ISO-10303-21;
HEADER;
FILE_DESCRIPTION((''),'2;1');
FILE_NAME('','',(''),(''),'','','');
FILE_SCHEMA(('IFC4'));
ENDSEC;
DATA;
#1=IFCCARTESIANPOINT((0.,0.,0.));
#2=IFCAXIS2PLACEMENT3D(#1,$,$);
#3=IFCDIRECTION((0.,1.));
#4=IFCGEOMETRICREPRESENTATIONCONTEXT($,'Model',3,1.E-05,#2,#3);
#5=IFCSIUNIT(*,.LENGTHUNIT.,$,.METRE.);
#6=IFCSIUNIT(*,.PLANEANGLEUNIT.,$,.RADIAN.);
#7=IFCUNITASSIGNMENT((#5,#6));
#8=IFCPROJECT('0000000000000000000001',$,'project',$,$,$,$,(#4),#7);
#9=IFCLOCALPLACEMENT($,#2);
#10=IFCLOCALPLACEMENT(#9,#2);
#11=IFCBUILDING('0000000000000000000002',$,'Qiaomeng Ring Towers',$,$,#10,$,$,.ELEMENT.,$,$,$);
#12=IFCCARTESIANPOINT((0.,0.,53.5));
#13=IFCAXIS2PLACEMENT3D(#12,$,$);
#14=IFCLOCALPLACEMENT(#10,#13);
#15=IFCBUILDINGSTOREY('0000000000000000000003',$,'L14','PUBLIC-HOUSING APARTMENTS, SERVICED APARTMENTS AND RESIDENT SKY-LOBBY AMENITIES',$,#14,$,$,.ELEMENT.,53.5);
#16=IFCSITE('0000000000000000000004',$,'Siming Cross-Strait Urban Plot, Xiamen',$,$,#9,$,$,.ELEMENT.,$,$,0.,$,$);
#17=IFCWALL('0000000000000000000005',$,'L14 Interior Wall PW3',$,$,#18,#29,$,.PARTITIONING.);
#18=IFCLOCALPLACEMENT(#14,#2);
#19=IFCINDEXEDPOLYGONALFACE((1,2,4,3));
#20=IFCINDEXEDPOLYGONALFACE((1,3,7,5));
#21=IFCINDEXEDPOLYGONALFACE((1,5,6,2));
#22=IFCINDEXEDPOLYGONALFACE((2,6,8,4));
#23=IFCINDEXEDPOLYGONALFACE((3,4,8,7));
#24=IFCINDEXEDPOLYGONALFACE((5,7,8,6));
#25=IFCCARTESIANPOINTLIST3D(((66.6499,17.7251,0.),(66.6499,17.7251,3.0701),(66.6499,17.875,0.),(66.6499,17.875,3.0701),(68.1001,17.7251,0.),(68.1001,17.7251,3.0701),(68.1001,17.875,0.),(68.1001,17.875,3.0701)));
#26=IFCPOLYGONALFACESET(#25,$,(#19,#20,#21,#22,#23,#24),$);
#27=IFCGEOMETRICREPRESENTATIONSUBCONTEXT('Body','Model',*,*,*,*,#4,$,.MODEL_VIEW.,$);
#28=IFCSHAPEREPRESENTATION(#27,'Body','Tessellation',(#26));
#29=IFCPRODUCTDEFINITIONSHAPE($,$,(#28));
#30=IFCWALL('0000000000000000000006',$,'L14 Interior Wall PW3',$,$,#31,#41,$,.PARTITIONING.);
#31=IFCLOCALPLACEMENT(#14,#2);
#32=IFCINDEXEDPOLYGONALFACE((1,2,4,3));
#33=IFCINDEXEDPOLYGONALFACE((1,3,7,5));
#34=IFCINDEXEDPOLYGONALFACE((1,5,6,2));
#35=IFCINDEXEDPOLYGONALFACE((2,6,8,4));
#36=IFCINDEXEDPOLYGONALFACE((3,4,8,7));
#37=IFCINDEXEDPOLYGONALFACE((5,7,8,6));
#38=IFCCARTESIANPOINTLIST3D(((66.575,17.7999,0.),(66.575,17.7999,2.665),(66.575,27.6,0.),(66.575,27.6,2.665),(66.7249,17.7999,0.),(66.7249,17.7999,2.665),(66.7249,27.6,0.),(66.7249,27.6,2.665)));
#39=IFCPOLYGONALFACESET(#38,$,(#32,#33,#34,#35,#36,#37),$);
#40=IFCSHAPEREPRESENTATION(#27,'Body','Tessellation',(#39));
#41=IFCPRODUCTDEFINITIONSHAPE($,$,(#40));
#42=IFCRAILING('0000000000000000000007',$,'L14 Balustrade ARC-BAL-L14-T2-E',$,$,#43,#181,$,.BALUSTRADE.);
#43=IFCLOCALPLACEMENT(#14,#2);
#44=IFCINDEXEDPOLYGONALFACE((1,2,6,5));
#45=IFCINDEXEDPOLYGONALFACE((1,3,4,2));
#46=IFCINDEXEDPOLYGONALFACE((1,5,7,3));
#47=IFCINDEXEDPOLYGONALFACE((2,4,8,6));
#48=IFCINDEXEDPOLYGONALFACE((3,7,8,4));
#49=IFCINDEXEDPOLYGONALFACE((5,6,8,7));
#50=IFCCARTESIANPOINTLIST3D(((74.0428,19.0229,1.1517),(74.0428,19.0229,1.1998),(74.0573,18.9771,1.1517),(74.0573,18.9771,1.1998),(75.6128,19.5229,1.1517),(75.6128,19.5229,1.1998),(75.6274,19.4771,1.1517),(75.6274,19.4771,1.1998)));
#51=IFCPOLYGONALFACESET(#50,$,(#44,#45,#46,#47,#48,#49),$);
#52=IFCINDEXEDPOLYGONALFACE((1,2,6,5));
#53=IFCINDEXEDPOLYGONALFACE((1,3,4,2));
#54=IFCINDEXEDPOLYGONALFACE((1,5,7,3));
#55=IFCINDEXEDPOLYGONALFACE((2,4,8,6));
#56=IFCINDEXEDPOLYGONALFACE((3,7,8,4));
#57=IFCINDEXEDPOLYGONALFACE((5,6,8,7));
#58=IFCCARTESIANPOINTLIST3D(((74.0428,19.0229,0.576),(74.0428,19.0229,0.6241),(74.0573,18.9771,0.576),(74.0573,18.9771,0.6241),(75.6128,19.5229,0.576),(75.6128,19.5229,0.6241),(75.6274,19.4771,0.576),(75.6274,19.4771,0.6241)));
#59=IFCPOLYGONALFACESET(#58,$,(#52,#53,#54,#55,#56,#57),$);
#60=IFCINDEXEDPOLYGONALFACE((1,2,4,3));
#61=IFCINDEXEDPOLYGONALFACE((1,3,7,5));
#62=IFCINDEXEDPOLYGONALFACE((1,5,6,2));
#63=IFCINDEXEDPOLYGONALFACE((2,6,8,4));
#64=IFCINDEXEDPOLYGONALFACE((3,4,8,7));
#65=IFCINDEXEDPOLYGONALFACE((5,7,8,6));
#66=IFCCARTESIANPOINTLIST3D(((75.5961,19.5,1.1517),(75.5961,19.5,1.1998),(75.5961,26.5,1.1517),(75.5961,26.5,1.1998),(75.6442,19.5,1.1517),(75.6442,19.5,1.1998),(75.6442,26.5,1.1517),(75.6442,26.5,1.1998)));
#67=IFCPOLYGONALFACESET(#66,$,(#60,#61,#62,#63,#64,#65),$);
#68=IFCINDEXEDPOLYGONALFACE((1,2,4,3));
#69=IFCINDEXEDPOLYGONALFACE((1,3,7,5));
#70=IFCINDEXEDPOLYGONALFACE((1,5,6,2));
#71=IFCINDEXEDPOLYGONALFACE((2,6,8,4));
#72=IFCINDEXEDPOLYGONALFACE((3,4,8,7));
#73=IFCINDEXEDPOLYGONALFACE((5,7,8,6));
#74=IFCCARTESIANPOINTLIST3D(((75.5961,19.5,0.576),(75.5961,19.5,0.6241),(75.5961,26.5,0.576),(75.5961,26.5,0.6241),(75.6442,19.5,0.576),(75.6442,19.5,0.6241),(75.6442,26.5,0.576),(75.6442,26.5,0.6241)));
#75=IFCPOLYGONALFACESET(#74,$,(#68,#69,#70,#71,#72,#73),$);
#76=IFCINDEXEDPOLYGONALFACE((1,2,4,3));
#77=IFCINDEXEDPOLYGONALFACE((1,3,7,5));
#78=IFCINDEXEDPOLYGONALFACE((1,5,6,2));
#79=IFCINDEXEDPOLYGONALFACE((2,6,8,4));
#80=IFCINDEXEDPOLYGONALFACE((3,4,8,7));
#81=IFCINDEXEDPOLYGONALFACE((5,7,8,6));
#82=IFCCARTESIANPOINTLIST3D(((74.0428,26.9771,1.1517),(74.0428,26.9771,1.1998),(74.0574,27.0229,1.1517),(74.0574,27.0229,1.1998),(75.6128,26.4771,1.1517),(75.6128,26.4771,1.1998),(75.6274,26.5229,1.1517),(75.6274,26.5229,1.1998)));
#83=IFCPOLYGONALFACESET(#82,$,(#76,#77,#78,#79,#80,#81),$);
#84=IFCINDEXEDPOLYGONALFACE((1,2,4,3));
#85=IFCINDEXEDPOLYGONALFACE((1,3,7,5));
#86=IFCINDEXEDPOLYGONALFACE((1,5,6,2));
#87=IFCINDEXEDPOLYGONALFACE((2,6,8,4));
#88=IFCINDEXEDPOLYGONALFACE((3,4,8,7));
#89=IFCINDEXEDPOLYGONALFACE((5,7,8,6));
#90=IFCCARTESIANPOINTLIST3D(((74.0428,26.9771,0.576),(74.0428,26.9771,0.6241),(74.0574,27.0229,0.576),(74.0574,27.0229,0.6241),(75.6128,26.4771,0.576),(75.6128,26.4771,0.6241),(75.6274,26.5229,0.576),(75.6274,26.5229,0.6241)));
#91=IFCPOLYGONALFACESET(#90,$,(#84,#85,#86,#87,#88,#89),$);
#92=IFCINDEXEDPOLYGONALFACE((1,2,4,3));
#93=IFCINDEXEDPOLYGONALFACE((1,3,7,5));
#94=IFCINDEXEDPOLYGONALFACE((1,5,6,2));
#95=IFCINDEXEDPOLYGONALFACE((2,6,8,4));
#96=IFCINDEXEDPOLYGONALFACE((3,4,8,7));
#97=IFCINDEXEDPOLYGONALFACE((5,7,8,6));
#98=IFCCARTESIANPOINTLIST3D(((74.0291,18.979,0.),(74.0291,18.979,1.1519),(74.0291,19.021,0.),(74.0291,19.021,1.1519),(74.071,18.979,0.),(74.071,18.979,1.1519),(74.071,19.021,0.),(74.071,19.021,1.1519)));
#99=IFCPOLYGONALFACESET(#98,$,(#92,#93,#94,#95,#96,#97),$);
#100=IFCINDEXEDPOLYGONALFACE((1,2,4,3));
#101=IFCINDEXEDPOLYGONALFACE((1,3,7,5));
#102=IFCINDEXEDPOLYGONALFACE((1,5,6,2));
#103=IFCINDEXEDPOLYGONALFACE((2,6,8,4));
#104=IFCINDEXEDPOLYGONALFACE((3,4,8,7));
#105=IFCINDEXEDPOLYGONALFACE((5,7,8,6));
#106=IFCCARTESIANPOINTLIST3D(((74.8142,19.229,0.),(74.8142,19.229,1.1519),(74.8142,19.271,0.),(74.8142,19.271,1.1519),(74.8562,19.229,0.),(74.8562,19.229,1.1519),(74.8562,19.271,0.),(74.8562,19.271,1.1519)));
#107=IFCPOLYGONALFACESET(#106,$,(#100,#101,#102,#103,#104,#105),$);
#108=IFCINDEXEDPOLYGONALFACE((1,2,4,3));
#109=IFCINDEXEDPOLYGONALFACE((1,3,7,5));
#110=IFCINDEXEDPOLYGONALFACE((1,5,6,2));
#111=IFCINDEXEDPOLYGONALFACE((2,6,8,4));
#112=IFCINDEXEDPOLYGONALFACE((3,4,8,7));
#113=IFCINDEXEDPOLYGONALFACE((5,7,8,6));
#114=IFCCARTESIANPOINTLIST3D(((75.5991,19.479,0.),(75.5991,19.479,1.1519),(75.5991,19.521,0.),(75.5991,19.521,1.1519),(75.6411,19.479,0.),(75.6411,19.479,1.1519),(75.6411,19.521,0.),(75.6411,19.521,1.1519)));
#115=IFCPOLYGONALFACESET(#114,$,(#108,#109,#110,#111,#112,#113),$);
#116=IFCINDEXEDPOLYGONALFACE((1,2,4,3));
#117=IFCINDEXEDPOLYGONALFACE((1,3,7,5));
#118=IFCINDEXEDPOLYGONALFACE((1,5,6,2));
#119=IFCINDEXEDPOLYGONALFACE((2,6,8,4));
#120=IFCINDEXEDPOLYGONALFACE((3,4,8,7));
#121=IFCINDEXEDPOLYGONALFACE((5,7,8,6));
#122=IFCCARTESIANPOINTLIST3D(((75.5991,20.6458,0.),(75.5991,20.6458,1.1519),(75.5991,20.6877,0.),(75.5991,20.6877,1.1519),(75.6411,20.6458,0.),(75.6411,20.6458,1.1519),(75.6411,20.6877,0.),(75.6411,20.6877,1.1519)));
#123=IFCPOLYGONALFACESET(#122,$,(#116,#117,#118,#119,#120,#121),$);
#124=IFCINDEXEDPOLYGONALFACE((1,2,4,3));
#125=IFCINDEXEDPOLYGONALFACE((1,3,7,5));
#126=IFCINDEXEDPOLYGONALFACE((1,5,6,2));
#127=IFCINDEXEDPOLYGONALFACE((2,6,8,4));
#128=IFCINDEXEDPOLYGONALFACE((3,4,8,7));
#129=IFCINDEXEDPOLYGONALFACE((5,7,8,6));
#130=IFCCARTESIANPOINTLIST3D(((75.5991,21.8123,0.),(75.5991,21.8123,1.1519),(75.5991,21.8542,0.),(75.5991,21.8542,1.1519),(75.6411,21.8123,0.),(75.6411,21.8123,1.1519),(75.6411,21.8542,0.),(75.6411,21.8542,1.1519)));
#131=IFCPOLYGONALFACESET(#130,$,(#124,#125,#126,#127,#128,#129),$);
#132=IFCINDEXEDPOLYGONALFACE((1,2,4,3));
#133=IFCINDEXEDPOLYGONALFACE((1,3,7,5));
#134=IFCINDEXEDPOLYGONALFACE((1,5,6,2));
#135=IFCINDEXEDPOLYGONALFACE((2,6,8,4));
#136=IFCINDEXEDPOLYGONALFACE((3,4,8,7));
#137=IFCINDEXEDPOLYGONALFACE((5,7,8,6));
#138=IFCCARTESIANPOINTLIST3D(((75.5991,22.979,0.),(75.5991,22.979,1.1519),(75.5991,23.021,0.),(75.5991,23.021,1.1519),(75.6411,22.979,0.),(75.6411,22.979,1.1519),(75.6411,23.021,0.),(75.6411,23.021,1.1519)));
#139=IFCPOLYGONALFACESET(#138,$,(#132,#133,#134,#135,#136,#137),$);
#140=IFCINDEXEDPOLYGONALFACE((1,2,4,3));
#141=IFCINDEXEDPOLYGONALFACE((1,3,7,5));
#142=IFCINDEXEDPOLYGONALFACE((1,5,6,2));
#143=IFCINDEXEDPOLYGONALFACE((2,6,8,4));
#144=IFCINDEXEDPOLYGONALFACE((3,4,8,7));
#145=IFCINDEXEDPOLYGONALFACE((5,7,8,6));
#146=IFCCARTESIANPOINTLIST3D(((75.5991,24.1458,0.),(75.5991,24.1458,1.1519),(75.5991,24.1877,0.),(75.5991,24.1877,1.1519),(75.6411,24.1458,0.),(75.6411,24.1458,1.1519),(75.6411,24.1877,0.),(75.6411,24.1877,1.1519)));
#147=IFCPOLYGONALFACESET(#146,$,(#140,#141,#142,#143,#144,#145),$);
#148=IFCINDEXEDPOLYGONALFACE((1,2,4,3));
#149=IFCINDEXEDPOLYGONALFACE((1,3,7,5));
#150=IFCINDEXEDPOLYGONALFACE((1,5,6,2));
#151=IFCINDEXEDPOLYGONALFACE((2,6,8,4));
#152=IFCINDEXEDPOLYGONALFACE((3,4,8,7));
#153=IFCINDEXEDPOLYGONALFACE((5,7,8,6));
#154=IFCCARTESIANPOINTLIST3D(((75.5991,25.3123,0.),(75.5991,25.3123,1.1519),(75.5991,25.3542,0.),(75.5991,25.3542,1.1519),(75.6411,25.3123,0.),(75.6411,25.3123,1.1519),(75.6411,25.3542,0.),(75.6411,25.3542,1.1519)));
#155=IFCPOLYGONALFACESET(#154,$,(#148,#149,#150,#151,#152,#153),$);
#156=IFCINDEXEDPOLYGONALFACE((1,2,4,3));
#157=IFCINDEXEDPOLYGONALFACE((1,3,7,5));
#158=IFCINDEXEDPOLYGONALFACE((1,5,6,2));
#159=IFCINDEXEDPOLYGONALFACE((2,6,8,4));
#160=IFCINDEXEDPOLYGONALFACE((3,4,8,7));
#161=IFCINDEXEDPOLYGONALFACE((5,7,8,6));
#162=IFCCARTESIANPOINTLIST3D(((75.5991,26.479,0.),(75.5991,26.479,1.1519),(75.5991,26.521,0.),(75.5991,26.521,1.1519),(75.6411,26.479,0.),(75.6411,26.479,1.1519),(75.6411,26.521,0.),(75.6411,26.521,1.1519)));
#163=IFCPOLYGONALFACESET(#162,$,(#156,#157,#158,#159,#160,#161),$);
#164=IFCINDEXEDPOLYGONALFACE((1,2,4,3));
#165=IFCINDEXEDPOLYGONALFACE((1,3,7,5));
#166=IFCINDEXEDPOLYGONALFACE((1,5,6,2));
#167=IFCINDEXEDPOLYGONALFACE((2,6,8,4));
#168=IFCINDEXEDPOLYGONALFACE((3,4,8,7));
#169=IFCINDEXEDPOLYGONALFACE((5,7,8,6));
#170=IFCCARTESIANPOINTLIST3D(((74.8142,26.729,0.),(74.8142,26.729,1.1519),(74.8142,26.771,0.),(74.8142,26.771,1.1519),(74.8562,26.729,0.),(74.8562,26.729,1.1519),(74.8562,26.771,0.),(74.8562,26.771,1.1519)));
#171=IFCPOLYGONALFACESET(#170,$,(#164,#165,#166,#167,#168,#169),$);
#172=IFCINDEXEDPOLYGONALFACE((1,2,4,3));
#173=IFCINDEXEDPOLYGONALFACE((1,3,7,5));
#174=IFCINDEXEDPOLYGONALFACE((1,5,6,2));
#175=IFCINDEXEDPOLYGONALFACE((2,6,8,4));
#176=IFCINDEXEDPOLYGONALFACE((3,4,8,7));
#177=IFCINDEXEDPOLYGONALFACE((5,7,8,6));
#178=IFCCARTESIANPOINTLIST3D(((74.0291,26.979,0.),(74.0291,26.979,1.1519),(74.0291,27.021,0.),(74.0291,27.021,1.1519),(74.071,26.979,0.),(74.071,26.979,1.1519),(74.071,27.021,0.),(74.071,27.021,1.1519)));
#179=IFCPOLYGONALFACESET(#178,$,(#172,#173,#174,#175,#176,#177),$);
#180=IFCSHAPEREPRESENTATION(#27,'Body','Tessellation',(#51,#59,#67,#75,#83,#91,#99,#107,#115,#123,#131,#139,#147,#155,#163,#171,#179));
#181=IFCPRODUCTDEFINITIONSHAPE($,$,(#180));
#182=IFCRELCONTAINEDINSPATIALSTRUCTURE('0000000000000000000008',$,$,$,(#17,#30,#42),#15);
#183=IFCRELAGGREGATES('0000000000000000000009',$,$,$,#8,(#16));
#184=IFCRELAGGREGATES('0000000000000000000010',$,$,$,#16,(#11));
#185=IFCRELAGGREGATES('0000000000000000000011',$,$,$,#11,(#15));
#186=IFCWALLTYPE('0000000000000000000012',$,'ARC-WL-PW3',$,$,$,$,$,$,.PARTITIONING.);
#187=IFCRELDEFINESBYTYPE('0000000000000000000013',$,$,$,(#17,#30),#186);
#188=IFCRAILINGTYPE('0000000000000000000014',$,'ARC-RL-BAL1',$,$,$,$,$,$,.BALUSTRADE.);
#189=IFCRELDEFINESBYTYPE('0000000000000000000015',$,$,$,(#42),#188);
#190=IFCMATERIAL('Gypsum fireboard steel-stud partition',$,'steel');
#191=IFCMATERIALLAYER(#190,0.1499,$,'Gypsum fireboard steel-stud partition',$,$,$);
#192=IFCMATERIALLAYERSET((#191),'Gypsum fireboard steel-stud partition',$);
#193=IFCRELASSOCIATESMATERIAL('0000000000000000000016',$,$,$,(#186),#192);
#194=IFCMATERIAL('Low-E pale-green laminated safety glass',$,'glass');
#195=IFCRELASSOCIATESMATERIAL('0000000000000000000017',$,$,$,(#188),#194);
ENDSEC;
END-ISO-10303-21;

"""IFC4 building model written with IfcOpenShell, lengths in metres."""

from ifc_helpers import new_model, si_unit, direction, frame, frame_2d, origin, origin_2d, place, context, subcontext, project, spatial, rectangle, extrude, material, layer, layer_set, type_object, element, save


model = new_model("IFC4")

# Units and contexts
model_context = context("Model", 3, precision=1e-05, world=origin(), true_north=direction((0.0, 1.0)))
body_context = subcontext(model_context, "Body", "Model", "MODEL_VIEW")
ifc_project = project(units=[si_unit("LENGTHUNIT", "METRE"), si_unit("PLANEANGLEUNIT", "RADIAN")], contexts=[model_context])

# Site, building, storey
site_placement = place(None, origin())
site = spatial("IfcSite", under=ifc_project, at=site_placement, Name="Siming Cross-Strait Urban Plot, Xiamen", CompositionType="ELEMENT", RefElevation=0.0)
building_placement = place(site_placement, origin())
building = spatial("IfcBuilding", under=site, at=building_placement, Name="Qiaomeng Ring Towers", CompositionType="ELEMENT")
storey_placement = place(building_placement, frame((0.0, 0.0, 53.5)))
storey = spatial("IfcBuildingStorey", under=building, at=storey_placement, Name="L14", Description="PUBLIC-HOUSING APARTMENTS, SERVICED APARTMENTS AND RESIDENT SKY-LOBBY AMENITIES", CompositionType="ELEMENT", Elevation=53.5)

# Shared definitions
ifc_material_1 = material(Name="Gypsum fireboard steel-stud partition", Category="steel")
ifc_layer_1 = layer(ifc_material_1, 0.1499, Name="Gypsum fireboard steel-stud partition")
ifc_layer_set_1 = layer_set([ifc_layer_1], Name="Gypsum fireboard steel-stud partition")
wall_type_1 = type_object("IfcWallType", Name="ARC-WL-PW3", PredefinedType="PARTITIONING", material=ifc_layer_set_1)

# Walls
wall_1_placement = place(storey_placement, frame((66.6499, 17.8, 0.0), z_axis=(0.0, 0.0, 1.0), x_axis=(1.0, 0.0, 0.0)))
element("IfcWall", 1, at=wall_1_placement, inside=storey, type_object=wall_type_1, Name="L14 Interior Wall PW3", PredefinedType="PARTITIONING", context=body_context, shape_type="SweptSolid", body=[
    extrude(rectangle(XDim=1.4502, YDim=0.1499, at=frame_2d((0.7251, 0.0))), origin(), (0.0, 0.0, 1.0), 3.0701),
])
wall_2_placement = place(storey_placement, frame((66.6499, 17.8, 0.0), z_axis=(0.0, 0.0, 1.0), x_axis=(0.0, 1.0, 0.0)))
element("IfcWall", 2, at=wall_2_placement, inside=storey, type_object=wall_type_1, Name="L14 Interior Wall PW3", PredefinedType="PARTITIONING", context=body_context, shape_type="SweptSolid", body=[
    extrude(rectangle(XDim=9.8, YDim=0.1499, at=frame_2d((4.8999, 0.0))), origin(), (0.0, 0.0, 1.0), 2.665),
])

# Railing
ifc_material_2 = material(Name="Low-E pale-green laminated safety glass", Category="glass")
railing_type = type_object("IfcRailingType", Name="ARC-RL-BAL1", PredefinedType="BALUSTRADE", material=ifc_material_2)
railing_placement = place(storey_placement, frame((74.05, 19.0, 0.0)))
element("IfcRailing", 3, at=railing_placement, inside=storey, type_object=railing_type, Name="L14 Balustrade ARC-BAL-L14-T2-E", PredefinedType="BALUSTRADE", context=body_context, shape_type="SweptSolid", body=[
    extrude(rectangle(XDim=0.0481, YDim=0.0481, at=origin_2d()), frame((0.0, 0.0, 1.1758), z_axis=(0.95285, 0.303442, 0.0), x_axis=(-0.303442, 0.95285, 0.0)), (0.0, 0.0, 1.0), 1.6477),
    extrude(rectangle(XDim=0.0481, YDim=0.0481, at=origin_2d()), frame((0.0, 0.0, 0.6001), z_axis=(0.95285, 0.303442, 0.0), x_axis=(-0.303442, 0.95285, 0.0)), (0.0, 0.0, 1.0), 1.6477),
    extrude(rectangle(XDim=0.0481, YDim=0.0481, at=origin_2d()), frame((1.5701, 0.5, 1.1758), z_axis=(0.0, 1.0, 0.0), x_axis=(-1.0, 0.0, 0.0)), (0.0, 0.0, 1.0), 7.0),
    extrude(rectangle(XDim=0.0481, YDim=0.0481, at=origin_2d()), frame((1.5701, 0.5, 0.6001), z_axis=(0.0, 1.0, 0.0), x_axis=(-1.0, 0.0, 0.0)), (0.0, 0.0, 1.0), 7.0),
    extrude(rectangle(XDim=0.0481, YDim=0.0481, at=origin_2d()), frame((1.5701, 7.5, 1.1758), z_axis=(-0.95285, 0.303442, 0.0), x_axis=(-0.303442, -0.95285, 0.0)), (0.0, 0.0, 1.0), 1.6477),
    extrude(rectangle(XDim=0.0481, YDim=0.0481, at=origin_2d()), frame((1.5701, 7.5, 0.6001), z_axis=(-0.95285, 0.303442, 0.0), x_axis=(-0.303442, -0.95285, 0.0)), (0.0, 0.0, 1.0), 1.6477),
    extrude(rectangle(XDim=0.042, YDim=0.042, at=origin_2d()), origin(), (0.0, 0.0, 1.0), 1.1519),
    extrude(rectangle(XDim=0.042, YDim=0.042, at=origin_2d()), frame((0.7852, 0.25, 0.0)), (0.0, 0.0, 1.0), 1.1519),
    extrude(rectangle(XDim=0.042, YDim=0.042, at=origin_2d()), frame((1.5701, 0.5, 0.0)), (0.0, 0.0, 1.0), 1.1519),
    extrude(rectangle(XDim=0.042, YDim=0.042, at=origin_2d()), frame((1.5701, 1.6667, 0.0)), (0.0, 0.0, 1.0), 1.1519),
    extrude(rectangle(XDim=0.042, YDim=0.042, at=origin_2d()), frame((1.5701, 2.8333, 0.0)), (0.0, 0.0, 1.0), 1.1519),
    extrude(rectangle(XDim=0.042, YDim=0.042, at=origin_2d()), frame((1.5701, 4.0, 0.0)), (0.0, 0.0, 1.0), 1.1519),
    extrude(rectangle(XDim=0.042, YDim=0.042, at=origin_2d()), frame((1.5701, 5.1667, 0.0)), (0.0, 0.0, 1.0), 1.1519),
    extrude(rectangle(XDim=0.042, YDim=0.042, at=origin_2d()), frame((1.5701, 6.3333, 0.0)), (0.0, 0.0, 1.0), 1.1519),
    extrude(rectangle(XDim=0.042, YDim=0.042, at=origin_2d()), frame((1.5701, 7.5, 0.0)), (0.0, 0.0, 1.0), 1.1519),
    extrude(rectangle(XDim=0.042, YDim=0.042, at=origin_2d()), frame((0.7852, 7.75, 0.0)), (0.0, 0.0, 1.0), 1.1519),
    extrude(rectangle(XDim=0.042, YDim=0.042, at=origin_2d()), frame((0.0, 8.0, 0.0)), (0.0, 0.0, 1.0), 1.1519),
])

save(model, "model.ifc")
